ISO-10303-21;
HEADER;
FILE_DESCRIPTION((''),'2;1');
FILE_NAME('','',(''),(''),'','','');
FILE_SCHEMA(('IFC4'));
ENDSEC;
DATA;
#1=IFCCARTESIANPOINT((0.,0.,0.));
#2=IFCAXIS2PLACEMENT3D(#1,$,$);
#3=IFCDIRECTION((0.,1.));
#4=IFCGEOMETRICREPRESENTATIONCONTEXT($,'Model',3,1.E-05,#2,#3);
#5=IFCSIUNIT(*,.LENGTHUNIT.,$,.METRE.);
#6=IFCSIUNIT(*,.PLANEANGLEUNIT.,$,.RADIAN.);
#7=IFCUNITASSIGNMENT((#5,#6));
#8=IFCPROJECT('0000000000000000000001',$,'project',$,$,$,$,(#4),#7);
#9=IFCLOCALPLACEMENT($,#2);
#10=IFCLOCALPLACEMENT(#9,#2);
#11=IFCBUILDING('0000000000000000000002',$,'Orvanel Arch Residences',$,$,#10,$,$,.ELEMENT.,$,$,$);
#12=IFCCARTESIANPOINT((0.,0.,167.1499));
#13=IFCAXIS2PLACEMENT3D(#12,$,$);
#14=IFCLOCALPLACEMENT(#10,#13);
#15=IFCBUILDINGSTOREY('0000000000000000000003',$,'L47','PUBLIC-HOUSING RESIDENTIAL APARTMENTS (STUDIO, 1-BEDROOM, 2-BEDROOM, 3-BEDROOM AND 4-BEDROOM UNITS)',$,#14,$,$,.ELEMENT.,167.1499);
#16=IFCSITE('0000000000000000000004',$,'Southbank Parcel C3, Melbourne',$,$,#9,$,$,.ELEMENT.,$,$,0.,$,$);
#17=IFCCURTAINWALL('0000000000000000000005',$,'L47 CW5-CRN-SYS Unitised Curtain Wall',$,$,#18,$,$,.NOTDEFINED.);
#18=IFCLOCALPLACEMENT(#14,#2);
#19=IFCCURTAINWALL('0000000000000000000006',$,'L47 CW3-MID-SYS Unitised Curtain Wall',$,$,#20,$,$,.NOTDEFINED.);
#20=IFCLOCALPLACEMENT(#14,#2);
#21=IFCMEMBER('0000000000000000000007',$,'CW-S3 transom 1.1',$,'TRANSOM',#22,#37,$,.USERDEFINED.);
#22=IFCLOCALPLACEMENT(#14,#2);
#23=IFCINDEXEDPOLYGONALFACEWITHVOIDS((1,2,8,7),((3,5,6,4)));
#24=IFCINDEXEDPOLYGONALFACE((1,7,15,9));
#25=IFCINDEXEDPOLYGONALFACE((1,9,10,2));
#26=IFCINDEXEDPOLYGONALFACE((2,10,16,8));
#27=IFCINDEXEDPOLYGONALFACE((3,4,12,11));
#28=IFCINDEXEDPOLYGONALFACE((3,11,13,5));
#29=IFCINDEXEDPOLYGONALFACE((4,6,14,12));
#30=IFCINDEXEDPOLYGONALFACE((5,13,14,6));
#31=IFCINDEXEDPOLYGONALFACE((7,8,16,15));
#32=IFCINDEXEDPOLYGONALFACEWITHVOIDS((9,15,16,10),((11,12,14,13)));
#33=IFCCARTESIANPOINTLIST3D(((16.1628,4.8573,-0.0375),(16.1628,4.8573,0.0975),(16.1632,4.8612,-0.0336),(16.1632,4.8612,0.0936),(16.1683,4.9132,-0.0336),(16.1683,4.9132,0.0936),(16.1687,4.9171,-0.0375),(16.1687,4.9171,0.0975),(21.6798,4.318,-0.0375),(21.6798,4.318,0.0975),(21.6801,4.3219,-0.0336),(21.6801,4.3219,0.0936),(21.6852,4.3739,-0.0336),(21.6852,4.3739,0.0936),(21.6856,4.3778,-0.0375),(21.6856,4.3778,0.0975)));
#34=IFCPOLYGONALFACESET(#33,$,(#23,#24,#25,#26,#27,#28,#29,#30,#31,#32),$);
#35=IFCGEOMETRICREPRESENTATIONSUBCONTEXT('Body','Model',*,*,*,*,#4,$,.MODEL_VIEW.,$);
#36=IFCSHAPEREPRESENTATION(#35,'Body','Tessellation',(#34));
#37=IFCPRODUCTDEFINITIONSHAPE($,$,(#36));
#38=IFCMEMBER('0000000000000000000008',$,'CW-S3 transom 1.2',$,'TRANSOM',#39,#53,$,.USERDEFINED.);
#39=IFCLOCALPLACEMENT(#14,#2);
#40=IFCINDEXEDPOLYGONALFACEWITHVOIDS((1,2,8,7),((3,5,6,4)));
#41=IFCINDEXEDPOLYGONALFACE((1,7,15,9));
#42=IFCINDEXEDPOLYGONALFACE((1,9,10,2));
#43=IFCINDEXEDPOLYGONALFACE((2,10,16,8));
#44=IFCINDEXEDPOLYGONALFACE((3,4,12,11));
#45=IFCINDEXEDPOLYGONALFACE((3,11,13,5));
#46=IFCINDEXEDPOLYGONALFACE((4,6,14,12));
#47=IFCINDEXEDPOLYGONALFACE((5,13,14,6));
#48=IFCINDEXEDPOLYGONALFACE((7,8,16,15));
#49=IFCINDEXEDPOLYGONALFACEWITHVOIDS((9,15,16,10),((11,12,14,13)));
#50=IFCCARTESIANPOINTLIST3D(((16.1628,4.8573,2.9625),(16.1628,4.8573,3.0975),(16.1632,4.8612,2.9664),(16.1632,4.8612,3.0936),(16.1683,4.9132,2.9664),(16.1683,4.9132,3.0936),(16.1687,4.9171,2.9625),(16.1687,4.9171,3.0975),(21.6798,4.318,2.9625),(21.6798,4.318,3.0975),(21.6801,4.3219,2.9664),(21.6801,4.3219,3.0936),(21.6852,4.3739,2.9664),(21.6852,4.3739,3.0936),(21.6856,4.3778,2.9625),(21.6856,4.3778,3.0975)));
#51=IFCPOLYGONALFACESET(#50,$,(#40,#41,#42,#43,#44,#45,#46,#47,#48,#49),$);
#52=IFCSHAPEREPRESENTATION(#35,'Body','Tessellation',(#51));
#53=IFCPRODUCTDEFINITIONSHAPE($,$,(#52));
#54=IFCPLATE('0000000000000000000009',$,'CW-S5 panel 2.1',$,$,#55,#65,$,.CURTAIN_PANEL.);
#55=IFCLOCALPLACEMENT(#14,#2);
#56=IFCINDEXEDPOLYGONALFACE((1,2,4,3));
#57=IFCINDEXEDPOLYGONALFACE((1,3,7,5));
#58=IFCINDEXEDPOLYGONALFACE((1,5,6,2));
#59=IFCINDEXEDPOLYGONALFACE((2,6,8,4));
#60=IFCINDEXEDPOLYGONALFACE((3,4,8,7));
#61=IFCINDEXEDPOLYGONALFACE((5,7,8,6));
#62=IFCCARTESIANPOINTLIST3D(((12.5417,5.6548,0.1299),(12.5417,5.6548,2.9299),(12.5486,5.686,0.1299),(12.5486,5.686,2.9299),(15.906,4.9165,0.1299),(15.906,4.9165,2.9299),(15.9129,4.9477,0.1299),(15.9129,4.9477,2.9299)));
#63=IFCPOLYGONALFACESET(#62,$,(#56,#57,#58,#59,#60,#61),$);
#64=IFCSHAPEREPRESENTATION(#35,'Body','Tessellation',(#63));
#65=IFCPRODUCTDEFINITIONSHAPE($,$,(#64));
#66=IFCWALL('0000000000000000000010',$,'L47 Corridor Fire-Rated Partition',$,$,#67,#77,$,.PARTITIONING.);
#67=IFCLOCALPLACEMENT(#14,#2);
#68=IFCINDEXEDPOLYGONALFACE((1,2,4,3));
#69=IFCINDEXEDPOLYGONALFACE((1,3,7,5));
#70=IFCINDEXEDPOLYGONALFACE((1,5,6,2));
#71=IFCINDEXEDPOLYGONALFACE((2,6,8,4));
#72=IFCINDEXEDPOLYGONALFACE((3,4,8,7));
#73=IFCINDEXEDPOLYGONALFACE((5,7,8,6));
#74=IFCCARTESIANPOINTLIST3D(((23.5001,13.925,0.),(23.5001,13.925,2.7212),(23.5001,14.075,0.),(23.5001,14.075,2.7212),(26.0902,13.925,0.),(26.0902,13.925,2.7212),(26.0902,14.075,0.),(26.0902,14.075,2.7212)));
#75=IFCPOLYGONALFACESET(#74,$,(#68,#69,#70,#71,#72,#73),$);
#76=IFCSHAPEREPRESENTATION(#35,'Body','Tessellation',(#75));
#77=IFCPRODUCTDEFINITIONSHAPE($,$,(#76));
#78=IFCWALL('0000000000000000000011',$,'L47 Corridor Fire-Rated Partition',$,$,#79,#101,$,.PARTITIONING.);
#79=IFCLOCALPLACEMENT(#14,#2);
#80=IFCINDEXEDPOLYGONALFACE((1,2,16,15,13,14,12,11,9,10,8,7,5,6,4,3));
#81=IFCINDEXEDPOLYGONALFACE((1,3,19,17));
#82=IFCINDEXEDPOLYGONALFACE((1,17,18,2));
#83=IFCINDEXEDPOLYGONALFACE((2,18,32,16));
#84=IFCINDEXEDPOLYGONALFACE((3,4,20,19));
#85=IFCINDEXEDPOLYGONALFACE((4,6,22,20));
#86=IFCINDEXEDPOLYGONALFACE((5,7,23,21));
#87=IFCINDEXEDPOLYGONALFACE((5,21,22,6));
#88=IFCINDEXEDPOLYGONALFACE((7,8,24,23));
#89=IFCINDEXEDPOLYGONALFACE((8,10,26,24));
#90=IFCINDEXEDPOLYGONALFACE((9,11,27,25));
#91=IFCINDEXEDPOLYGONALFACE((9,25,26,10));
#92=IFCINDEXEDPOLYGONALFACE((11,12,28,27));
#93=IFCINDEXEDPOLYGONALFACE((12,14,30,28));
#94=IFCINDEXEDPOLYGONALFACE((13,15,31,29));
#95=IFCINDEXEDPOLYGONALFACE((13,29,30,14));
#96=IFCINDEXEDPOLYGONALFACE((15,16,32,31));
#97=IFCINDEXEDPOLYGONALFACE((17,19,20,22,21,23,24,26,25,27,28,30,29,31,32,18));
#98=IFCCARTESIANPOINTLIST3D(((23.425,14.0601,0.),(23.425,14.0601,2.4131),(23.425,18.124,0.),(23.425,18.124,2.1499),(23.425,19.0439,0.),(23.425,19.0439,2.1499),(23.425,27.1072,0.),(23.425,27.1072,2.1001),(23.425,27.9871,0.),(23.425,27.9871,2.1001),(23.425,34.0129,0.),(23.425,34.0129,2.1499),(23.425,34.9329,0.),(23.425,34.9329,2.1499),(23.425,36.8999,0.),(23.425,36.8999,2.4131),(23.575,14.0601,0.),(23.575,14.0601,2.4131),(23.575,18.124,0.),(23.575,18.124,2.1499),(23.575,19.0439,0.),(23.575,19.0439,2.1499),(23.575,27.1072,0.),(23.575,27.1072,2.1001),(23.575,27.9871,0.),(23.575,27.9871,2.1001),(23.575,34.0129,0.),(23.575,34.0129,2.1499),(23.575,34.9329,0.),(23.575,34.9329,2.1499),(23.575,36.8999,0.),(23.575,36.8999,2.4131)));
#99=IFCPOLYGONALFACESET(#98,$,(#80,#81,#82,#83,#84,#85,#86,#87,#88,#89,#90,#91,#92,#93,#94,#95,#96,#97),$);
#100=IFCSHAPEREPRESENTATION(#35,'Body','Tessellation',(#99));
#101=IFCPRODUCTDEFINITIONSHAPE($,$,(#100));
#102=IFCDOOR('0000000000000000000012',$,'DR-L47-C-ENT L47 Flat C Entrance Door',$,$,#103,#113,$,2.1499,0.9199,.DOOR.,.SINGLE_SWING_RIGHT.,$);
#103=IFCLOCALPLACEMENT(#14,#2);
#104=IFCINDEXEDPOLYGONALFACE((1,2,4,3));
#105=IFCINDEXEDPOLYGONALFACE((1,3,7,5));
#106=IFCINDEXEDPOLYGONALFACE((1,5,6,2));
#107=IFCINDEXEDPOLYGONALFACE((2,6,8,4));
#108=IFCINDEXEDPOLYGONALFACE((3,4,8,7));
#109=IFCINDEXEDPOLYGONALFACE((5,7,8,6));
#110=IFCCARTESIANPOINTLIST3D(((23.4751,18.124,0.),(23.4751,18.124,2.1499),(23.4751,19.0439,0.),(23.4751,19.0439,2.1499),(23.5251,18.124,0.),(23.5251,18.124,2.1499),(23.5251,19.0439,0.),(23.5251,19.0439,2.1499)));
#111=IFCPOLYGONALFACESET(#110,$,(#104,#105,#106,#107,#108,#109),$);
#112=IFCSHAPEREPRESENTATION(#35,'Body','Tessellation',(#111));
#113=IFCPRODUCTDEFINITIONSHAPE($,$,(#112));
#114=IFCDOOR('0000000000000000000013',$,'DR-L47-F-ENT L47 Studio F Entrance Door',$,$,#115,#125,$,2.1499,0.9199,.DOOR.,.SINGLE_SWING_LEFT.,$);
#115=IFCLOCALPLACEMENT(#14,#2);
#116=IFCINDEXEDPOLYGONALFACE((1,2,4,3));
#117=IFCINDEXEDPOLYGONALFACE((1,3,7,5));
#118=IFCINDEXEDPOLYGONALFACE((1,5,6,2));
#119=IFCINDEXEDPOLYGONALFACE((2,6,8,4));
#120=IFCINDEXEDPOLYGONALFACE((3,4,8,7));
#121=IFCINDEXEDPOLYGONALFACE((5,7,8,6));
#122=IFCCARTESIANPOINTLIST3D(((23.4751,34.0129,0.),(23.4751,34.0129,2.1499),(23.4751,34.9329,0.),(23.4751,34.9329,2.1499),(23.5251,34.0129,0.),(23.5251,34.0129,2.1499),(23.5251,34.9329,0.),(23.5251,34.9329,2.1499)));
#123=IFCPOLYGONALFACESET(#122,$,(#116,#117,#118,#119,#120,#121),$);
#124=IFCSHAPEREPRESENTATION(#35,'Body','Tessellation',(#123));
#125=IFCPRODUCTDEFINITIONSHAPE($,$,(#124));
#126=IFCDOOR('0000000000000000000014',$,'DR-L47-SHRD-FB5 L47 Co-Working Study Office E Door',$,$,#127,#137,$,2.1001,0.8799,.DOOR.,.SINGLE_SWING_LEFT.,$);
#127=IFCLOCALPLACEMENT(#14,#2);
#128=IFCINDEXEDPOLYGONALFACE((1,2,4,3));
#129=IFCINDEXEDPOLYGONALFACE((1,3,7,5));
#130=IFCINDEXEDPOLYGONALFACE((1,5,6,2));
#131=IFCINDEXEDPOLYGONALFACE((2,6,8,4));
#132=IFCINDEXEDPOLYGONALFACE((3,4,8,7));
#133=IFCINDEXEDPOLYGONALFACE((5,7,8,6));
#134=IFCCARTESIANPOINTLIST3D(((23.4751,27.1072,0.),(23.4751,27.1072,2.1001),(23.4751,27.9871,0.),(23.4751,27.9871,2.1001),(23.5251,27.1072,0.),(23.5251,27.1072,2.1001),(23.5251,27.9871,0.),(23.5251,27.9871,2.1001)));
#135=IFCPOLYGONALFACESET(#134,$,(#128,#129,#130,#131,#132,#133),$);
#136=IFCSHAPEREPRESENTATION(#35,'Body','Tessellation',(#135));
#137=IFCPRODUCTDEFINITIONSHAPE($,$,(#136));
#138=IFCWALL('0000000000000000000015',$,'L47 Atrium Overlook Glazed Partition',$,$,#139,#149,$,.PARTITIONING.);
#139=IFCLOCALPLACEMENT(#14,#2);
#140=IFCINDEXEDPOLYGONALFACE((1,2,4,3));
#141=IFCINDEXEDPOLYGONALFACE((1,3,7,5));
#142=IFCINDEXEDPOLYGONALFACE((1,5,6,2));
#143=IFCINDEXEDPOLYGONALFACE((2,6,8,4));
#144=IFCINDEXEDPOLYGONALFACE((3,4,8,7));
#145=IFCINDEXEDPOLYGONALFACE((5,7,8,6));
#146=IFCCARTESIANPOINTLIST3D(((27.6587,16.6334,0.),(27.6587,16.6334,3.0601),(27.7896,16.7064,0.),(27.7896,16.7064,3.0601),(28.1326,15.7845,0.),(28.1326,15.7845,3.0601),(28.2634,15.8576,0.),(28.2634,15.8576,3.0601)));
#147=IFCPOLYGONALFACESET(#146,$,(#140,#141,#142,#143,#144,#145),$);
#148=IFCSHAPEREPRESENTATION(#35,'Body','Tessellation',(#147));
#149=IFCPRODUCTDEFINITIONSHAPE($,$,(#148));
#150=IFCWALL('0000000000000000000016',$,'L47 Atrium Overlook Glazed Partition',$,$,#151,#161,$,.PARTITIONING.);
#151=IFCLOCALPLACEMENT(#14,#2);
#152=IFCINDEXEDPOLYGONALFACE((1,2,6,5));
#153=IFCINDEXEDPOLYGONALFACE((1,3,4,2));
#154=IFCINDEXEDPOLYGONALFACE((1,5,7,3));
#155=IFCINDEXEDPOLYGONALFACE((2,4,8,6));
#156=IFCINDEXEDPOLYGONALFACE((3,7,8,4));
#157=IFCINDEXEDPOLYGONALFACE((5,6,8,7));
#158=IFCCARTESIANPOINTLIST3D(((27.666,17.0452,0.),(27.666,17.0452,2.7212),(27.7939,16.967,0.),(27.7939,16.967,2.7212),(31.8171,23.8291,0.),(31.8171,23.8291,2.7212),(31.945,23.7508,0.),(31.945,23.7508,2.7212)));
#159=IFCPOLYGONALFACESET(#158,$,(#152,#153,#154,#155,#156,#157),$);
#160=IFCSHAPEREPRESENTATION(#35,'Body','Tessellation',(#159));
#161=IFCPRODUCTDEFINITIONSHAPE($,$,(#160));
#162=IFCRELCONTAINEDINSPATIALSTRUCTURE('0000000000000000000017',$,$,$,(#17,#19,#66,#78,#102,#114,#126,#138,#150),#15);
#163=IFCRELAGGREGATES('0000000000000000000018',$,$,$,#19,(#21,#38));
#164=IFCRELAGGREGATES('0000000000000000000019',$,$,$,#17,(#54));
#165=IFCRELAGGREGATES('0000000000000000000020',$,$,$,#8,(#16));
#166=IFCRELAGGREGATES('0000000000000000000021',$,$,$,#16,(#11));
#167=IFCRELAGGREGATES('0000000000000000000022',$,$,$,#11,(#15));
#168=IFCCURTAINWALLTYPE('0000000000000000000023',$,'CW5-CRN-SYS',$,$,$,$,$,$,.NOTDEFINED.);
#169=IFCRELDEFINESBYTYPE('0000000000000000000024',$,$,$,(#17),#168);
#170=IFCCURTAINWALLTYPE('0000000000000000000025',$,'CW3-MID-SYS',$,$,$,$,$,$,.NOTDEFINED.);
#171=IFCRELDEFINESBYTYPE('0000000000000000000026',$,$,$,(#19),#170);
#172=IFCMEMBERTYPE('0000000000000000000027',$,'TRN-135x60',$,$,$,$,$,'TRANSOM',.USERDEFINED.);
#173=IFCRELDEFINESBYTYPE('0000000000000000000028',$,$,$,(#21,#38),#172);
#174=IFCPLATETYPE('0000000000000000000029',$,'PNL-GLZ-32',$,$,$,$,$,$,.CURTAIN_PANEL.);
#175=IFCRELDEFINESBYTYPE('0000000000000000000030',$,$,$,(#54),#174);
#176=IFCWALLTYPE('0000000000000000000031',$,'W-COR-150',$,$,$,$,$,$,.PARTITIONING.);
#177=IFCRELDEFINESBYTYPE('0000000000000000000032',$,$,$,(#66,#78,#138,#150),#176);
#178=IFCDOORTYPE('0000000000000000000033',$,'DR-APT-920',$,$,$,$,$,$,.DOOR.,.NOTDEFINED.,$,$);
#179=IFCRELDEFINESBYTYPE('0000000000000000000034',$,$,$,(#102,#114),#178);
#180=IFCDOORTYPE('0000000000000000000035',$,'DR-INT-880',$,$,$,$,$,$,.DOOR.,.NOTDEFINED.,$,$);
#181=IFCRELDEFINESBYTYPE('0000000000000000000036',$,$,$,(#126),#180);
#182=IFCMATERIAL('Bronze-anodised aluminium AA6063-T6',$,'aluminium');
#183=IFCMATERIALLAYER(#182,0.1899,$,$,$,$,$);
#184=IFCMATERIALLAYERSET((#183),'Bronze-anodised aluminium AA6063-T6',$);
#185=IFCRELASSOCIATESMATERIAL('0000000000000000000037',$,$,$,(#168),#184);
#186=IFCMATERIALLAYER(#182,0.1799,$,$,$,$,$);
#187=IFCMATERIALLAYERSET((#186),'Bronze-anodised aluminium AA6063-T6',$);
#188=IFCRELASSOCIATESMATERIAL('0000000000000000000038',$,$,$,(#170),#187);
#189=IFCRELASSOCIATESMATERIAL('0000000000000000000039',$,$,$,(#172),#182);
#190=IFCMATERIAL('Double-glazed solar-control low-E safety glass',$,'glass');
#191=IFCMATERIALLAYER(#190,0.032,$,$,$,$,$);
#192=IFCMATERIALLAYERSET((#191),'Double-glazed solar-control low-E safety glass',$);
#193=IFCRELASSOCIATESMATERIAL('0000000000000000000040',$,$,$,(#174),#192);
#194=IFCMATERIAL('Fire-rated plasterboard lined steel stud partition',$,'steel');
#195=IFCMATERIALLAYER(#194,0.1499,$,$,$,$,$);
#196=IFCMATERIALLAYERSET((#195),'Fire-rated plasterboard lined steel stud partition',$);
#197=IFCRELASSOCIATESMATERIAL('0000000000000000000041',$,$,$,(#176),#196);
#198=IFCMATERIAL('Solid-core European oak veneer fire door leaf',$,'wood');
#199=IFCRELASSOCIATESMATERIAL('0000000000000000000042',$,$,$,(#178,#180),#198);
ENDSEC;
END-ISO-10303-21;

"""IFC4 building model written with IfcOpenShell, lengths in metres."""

from ifc_helpers import new_model, si_unit, direction, frame, frame_2d, origin, origin_2d, place, context, subcontext, project, spatial, rectangle, hollow_rectangle, extrude, material, layer, layer_set, material_profile, profile_set, type_object, element, fill, aggregate, save


model = new_model("IFC4")

# Units and contexts
model_context = context("Model", 3, precision=1e-05, world=origin(), true_north=direction((0.0, 1.0)))
body_context = subcontext(model_context, "Body", "Model", "MODEL_VIEW")
ifc_project = project(units=[si_unit("LENGTHUNIT", "METRE"), si_unit("PLANEANGLEUNIT", "RADIAN")], contexts=[model_context])

# Site, building, storey
site_placement = place(None, origin())
site = spatial("IfcSite", under=ifc_project, at=site_placement, Name="Southbank Parcel C3, Melbourne", CompositionType="ELEMENT", RefElevation=0.0)
building_placement = place(site_placement, origin())
building = spatial("IfcBuilding", under=site, at=building_placement, Name="Orvanel Arch Residences", CompositionType="ELEMENT")
storey_placement = place(building_placement, frame((0.0, 0.0, 167.1499)))
storey = spatial("IfcBuildingStorey", under=building, at=storey_placement, Name="L47", Description="PUBLIC-HOUSING RESIDENTIAL APARTMENTS (STUDIO, 1-BEDROOM, 2-BEDROOM, 3-BEDROOM AND 4-BEDROOM UNITS)", CompositionType="ELEMENT", Elevation=167.1499)

# Curtain walls
ifc_material_1 = material(Name="Bronze-anodised aluminium AA6063-T6", Category="aluminium")
ifc_layer_1 = layer(ifc_material_1, 0.1899)
ifc_layer_set_1 = layer_set([ifc_layer_1], Name="Bronze-anodised aluminium AA6063-T6")
curtain_wall_type_1 = type_object("IfcCurtainWallType", Name="CW5-CRN-SYS", PredefinedType="NOTDEFINED", material=ifc_layer_set_1)
curtain_wall_1_placement = place(storey_placement, origin())
curtain_wall_1 = element("IfcCurtainWall", 1, at=curtain_wall_1_placement, inside=storey, type_object=curtain_wall_type_1, Name="L47 CW5-CRN-SYS Unitised Curtain Wall", PredefinedType="NOTDEFINED")
ifc_layer_2 = layer(ifc_material_1, 0.1799)
ifc_layer_set_2 = layer_set([ifc_layer_2], Name="Bronze-anodised aluminium AA6063-T6")
curtain_wall_type_2 = type_object("IfcCurtainWallType", Name="CW3-MID-SYS", PredefinedType="NOTDEFINED", material=ifc_layer_set_2)
curtain_wall_2_placement = place(storey_placement, origin())
curtain_wall_2 = element("IfcCurtainWall", 2, at=curtain_wall_2_placement, inside=storey, type_object=curtain_wall_type_2, Name="L47 CW3-MID-SYS Unitised Curtain Wall", PredefinedType="NOTDEFINED")

# Members
ifc_material_profile_1 = material_profile(ifc_material_1, hollow_rectangle(XDim=0.0601, YDim=0.135, WallThickness=0.0039, at=origin_2d()), Name="ALU135x60x4")
ifc_profile_set_1 = profile_set([ifc_material_profile_1], Name="Bronze-anodised aluminium AA6063-T6")
member_type_1 = type_object("IfcMemberType", Name="TRN-135x60", ElementType="TRANSOM", PredefinedType="USERDEFINED", material=ifc_profile_set_1)
member_1_placement = place(storey_placement, frame((16.1658, 4.8872, 0.03), z_axis=(0.995256, -0.097293, 0.0), x_axis=(0.097293, 0.995256, 0.0)))
member_1 = element("IfcMember", 3, at=member_1_placement, type_object=member_type_1, Name="CW-S3 transom 1.1", ObjectType="TRANSOM", PredefinedType="USERDEFINED", context=body_context, shape_type="SweptSolid", body=[
    extrude(hollow_rectangle(XDim=0.0601, YDim=0.135, WallThickness=0.0039, at=origin_2d()), origin(), (0.0, 0.0, 1.0), 5.5432),
])
member_2_placement = place(storey_placement, frame((16.1658, 4.8872, 3.03), z_axis=(0.995256, -0.097293, 0.0), x_axis=(0.097293, 0.995256, 0.0)))
member_2 = element("IfcMember", 4, at=member_2_placement, type_object=member_type_1, Name="CW-S3 transom 1.2", ObjectType="TRANSOM", PredefinedType="USERDEFINED", context=body_context, shape_type="SweptSolid", body=[
    extrude(hollow_rectangle(XDim=0.0601, YDim=0.135, WallThickness=0.0039, at=origin_2d()), origin(), (0.0, 0.0, 1.0), 5.5432),
])
aggregate(curtain_wall_2, [member_1, member_2])

# Plate
ifc_material_2 = material(Name="Double-glazed solar-control low-E safety glass", Category="glass")
ifc_layer_3 = layer(ifc_material_2, 0.032)
ifc_layer_set_3 = layer_set([ifc_layer_3], Name="Double-glazed solar-control low-E safety glass")
plate_type = type_object("IfcPlateType", Name="PNL-GLZ-32", PredefinedType="CURTAIN_PANEL", material=ifc_layer_set_3)
plate_placement = place(storey_placement, frame((14.2273, 5.3013, 0.1299), z_axis=(0.0, 0.0, 1.0), x_axis=(0.976758, -0.214347, 0.0)))
plate = element("IfcPlate", 5, at=plate_placement, type_object=plate_type, Name="CW-S5 panel 2.1", PredefinedType="CURTAIN_PANEL", context=body_context, shape_type="SweptSolid", body=[
    extrude(rectangle(XDim=3.4443, YDim=0.032, at=origin_2d()), origin(), (0.0, 0.0, 1.0), 2.8),
])
aggregate(curtain_wall_1, [plate])

# Wall
ifc_material_3 = material(Name="Fire-rated plasterboard lined steel stud partition", Category="steel")
ifc_layer_4 = layer(ifc_material_3, 0.1499)
ifc_layer_set_4 = layer_set([ifc_layer_4], Name="Fire-rated plasterboard lined steel stud partition")
wall_type_1 = type_object("IfcWallType", Name="W-COR-150", PredefinedType="PARTITIONING", material=ifc_layer_set_4)
wall_1_placement = place(storey_placement, frame((26.0901, 14.0, 0.0), z_axis=(0.0, 0.0, 1.0), x_axis=(-1.0, 0.0, 0.0)))
element("IfcWall", 6, at=wall_1_placement, inside=storey, type_object=wall_type_1, Name="L47 Corridor Fire-Rated Partition", PredefinedType="PARTITIONING", context=body_context, shape_type="SweptSolid", body=[
    extrude(rectangle(XDim=2.5901, YDim=0.1499, at=frame_2d((1.2949, 0.0))), origin(), (0.0, 0.0, 1.0), 2.7212),
])

# Wall, openings, doors
wall_2_placement = place(storey_placement, frame((23.5, 14.0601, 0.0), z_axis=(0.0, 0.0, 1.0), x_axis=(0.0, 1.0, 0.0)))
wall_2 = element("IfcWall", 7, at=wall_2_placement, inside=storey, type_object=wall_type_1, Name="L47 Corridor Fire-Rated Partition", PredefinedType="PARTITIONING", context=body_context, shape_type="SweptSolid", body=[
    extrude(rectangle(XDim=22.8398, YDim=0.1499, at=frame_2d((11.4199, 0.0))), origin(), (0.0, 0.0, 1.0), 2.4131),
])
opening_1_placement = place(wall_2_placement, frame((4.064, 0.0, 0.0)))
opening_1 = element("IfcOpeningElement", 8, at=opening_1_placement, cuts=wall_2, PredefinedType="OPENING", context=body_context, shape_type="SweptSolid", body=[
    extrude(rectangle(XDim=0.9199, YDim=2.1499, at=frame_2d((0.46, 1.075))), frame((0.0, 0.085, 0.0), z_axis=(0.0, -1.0, 0.0), x_axis=(1.0, 0.0, 0.0)), (0.0, 0.0, 1.0), 0.1699),
])
opening_2_placement = place(wall_2_placement, frame((13.0471, 0.0, 0.0)))
opening_2 = element("IfcOpeningElement", 9, at=opening_2_placement, cuts=wall_2, PredefinedType="OPENING", context=body_context, shape_type="SweptSolid", body=[
    extrude(rectangle(XDim=0.8799, YDim=2.1001, at=frame_2d((0.4399, 1.05))), frame((0.0, 0.085, 0.0), z_axis=(0.0, -1.0, 0.0), x_axis=(1.0, 0.0, 0.0)), (0.0, 0.0, 1.0), 0.1699),
])
opening_3_placement = place(wall_2_placement, frame((19.9529, 0.0, 0.0)))
opening_3 = element("IfcOpeningElement", 10, at=opening_3_placement, cuts=wall_2, PredefinedType="OPENING", context=body_context, shape_type="SweptSolid", body=[
    extrude(rectangle(XDim=0.9199, YDim=2.1499, at=frame_2d((0.46, 1.075))), frame((0.0, 0.085, 0.0), z_axis=(0.0, -1.0, 0.0), x_axis=(1.0, 0.0, 0.0)), (0.0, 0.0, 1.0), 0.1699),
])
ifc_material_4 = material(Name="Solid-core European oak veneer fire door leaf", Category="wood")
door_type_1 = type_object("IfcDoorType", Name="DR-APT-920", OperationType="NOTDEFINED", PredefinedType="DOOR", material=ifc_material_4)
door_1_placement = place(opening_1_placement, origin())
door_1 = element("IfcDoor", 11, at=door_1_placement, inside=storey, type_object=door_type_1, Name="DR-L47-C-ENT L47 Flat C Entrance Door", OperationType="SINGLE_SWING_RIGHT", OverallHeight=2.1499, OverallWidth=0.9199, PredefinedType="DOOR", context=body_context, shape_type="SweptSolid", body=[
    extrude(rectangle(XDim=0.9199, YDim=2.1499, at=frame_2d((0.46, 1.075))), frame((0.0, 0.0249, 0.0), z_axis=(0.0, -1.0, 0.0), x_axis=(1.0, 0.0, 0.0)), (0.0, 0.0, 1.0), 0.05),
])
fill(opening_1, door_1)
door_2_placement = place(opening_3_placement, origin())
door_2 = element("IfcDoor", 12, at=door_2_placement, inside=storey, type_object=door_type_1, Name="DR-L47-F-ENT L47 Studio F Entrance Door", OperationType="SINGLE_SWING_LEFT", OverallHeight=2.1499, OverallWidth=0.9199, PredefinedType="DOOR", context=body_context, shape_type="SweptSolid", body=[
    extrude(rectangle(XDim=0.9199, YDim=2.1499, at=frame_2d((0.46, 1.075))), frame((0.0, 0.0249, 0.0), z_axis=(0.0, -1.0, 0.0), x_axis=(1.0, 0.0, 0.0)), (0.0, 0.0, 1.0), 0.05),
])
fill(opening_3, door_2)
door_type_2 = type_object("IfcDoorType", Name="DR-INT-880", OperationType="NOTDEFINED", PredefinedType="DOOR", material=ifc_material_4)
door_3_placement = place(opening_2_placement, origin())
door_3 = element("IfcDoor", 13, at=door_3_placement, inside=storey, type_object=door_type_2, Name="DR-L47-SHRD-FB5 L47 Co-Working Study Office E Door", OperationType="SINGLE_SWING_LEFT", OverallHeight=2.1001, OverallWidth=0.8799, PredefinedType="DOOR", context=body_context, shape_type="SweptSolid", body=[
    extrude(rectangle(XDim=0.8799, YDim=2.1001, at=frame_2d((0.4399, 1.05))), frame((0.0, 0.0249, 0.0), z_axis=(0.0, -1.0, 0.0), x_axis=(1.0, 0.0, 0.0)), (0.0, 0.0, 1.0), 0.05),
])
fill(opening_2, door_3)

# Walls
wall_3_placement = place(storey_placement, frame((28.198, 15.821, 0.0), z_axis=(0.0, 0.0, 1.0), x_axis=(-0.487433, 0.87316, 0.0)))
element("IfcWall", 14, at=wall_3_placement, inside=storey, type_object=wall_type_1, Name="L47 Atrium Overlook Glazed Partition", PredefinedType="PARTITIONING", context=body_context, shape_type="SweptSolid", body=[
    extrude(rectangle(XDim=0.9722, YDim=0.1499, at=frame_2d((0.4861, 0.0))), origin(), (0.0, 0.0, 1.0), 3.0601),
])
wall_4_placement = place(storey_placement, frame((27.73, 17.0061, 0.0), z_axis=(0.0, 0.0, 1.0), x_axis=(0.521943, 0.85298, 0.0)))
element("IfcWall", 15, at=wall_4_placement, inside=storey, type_object=wall_type_1, Name="L47 Atrium Overlook Glazed Partition", PredefinedType="PARTITIONING", context=body_context, shape_type="SweptSolid", body=[
    extrude(rectangle(XDim=7.9531, YDim=0.1499, at=frame_2d((3.9766, 0.0))), origin(), (0.0, 0.0, 1.0), 2.7212),
])

save(model, "model.ifc")
